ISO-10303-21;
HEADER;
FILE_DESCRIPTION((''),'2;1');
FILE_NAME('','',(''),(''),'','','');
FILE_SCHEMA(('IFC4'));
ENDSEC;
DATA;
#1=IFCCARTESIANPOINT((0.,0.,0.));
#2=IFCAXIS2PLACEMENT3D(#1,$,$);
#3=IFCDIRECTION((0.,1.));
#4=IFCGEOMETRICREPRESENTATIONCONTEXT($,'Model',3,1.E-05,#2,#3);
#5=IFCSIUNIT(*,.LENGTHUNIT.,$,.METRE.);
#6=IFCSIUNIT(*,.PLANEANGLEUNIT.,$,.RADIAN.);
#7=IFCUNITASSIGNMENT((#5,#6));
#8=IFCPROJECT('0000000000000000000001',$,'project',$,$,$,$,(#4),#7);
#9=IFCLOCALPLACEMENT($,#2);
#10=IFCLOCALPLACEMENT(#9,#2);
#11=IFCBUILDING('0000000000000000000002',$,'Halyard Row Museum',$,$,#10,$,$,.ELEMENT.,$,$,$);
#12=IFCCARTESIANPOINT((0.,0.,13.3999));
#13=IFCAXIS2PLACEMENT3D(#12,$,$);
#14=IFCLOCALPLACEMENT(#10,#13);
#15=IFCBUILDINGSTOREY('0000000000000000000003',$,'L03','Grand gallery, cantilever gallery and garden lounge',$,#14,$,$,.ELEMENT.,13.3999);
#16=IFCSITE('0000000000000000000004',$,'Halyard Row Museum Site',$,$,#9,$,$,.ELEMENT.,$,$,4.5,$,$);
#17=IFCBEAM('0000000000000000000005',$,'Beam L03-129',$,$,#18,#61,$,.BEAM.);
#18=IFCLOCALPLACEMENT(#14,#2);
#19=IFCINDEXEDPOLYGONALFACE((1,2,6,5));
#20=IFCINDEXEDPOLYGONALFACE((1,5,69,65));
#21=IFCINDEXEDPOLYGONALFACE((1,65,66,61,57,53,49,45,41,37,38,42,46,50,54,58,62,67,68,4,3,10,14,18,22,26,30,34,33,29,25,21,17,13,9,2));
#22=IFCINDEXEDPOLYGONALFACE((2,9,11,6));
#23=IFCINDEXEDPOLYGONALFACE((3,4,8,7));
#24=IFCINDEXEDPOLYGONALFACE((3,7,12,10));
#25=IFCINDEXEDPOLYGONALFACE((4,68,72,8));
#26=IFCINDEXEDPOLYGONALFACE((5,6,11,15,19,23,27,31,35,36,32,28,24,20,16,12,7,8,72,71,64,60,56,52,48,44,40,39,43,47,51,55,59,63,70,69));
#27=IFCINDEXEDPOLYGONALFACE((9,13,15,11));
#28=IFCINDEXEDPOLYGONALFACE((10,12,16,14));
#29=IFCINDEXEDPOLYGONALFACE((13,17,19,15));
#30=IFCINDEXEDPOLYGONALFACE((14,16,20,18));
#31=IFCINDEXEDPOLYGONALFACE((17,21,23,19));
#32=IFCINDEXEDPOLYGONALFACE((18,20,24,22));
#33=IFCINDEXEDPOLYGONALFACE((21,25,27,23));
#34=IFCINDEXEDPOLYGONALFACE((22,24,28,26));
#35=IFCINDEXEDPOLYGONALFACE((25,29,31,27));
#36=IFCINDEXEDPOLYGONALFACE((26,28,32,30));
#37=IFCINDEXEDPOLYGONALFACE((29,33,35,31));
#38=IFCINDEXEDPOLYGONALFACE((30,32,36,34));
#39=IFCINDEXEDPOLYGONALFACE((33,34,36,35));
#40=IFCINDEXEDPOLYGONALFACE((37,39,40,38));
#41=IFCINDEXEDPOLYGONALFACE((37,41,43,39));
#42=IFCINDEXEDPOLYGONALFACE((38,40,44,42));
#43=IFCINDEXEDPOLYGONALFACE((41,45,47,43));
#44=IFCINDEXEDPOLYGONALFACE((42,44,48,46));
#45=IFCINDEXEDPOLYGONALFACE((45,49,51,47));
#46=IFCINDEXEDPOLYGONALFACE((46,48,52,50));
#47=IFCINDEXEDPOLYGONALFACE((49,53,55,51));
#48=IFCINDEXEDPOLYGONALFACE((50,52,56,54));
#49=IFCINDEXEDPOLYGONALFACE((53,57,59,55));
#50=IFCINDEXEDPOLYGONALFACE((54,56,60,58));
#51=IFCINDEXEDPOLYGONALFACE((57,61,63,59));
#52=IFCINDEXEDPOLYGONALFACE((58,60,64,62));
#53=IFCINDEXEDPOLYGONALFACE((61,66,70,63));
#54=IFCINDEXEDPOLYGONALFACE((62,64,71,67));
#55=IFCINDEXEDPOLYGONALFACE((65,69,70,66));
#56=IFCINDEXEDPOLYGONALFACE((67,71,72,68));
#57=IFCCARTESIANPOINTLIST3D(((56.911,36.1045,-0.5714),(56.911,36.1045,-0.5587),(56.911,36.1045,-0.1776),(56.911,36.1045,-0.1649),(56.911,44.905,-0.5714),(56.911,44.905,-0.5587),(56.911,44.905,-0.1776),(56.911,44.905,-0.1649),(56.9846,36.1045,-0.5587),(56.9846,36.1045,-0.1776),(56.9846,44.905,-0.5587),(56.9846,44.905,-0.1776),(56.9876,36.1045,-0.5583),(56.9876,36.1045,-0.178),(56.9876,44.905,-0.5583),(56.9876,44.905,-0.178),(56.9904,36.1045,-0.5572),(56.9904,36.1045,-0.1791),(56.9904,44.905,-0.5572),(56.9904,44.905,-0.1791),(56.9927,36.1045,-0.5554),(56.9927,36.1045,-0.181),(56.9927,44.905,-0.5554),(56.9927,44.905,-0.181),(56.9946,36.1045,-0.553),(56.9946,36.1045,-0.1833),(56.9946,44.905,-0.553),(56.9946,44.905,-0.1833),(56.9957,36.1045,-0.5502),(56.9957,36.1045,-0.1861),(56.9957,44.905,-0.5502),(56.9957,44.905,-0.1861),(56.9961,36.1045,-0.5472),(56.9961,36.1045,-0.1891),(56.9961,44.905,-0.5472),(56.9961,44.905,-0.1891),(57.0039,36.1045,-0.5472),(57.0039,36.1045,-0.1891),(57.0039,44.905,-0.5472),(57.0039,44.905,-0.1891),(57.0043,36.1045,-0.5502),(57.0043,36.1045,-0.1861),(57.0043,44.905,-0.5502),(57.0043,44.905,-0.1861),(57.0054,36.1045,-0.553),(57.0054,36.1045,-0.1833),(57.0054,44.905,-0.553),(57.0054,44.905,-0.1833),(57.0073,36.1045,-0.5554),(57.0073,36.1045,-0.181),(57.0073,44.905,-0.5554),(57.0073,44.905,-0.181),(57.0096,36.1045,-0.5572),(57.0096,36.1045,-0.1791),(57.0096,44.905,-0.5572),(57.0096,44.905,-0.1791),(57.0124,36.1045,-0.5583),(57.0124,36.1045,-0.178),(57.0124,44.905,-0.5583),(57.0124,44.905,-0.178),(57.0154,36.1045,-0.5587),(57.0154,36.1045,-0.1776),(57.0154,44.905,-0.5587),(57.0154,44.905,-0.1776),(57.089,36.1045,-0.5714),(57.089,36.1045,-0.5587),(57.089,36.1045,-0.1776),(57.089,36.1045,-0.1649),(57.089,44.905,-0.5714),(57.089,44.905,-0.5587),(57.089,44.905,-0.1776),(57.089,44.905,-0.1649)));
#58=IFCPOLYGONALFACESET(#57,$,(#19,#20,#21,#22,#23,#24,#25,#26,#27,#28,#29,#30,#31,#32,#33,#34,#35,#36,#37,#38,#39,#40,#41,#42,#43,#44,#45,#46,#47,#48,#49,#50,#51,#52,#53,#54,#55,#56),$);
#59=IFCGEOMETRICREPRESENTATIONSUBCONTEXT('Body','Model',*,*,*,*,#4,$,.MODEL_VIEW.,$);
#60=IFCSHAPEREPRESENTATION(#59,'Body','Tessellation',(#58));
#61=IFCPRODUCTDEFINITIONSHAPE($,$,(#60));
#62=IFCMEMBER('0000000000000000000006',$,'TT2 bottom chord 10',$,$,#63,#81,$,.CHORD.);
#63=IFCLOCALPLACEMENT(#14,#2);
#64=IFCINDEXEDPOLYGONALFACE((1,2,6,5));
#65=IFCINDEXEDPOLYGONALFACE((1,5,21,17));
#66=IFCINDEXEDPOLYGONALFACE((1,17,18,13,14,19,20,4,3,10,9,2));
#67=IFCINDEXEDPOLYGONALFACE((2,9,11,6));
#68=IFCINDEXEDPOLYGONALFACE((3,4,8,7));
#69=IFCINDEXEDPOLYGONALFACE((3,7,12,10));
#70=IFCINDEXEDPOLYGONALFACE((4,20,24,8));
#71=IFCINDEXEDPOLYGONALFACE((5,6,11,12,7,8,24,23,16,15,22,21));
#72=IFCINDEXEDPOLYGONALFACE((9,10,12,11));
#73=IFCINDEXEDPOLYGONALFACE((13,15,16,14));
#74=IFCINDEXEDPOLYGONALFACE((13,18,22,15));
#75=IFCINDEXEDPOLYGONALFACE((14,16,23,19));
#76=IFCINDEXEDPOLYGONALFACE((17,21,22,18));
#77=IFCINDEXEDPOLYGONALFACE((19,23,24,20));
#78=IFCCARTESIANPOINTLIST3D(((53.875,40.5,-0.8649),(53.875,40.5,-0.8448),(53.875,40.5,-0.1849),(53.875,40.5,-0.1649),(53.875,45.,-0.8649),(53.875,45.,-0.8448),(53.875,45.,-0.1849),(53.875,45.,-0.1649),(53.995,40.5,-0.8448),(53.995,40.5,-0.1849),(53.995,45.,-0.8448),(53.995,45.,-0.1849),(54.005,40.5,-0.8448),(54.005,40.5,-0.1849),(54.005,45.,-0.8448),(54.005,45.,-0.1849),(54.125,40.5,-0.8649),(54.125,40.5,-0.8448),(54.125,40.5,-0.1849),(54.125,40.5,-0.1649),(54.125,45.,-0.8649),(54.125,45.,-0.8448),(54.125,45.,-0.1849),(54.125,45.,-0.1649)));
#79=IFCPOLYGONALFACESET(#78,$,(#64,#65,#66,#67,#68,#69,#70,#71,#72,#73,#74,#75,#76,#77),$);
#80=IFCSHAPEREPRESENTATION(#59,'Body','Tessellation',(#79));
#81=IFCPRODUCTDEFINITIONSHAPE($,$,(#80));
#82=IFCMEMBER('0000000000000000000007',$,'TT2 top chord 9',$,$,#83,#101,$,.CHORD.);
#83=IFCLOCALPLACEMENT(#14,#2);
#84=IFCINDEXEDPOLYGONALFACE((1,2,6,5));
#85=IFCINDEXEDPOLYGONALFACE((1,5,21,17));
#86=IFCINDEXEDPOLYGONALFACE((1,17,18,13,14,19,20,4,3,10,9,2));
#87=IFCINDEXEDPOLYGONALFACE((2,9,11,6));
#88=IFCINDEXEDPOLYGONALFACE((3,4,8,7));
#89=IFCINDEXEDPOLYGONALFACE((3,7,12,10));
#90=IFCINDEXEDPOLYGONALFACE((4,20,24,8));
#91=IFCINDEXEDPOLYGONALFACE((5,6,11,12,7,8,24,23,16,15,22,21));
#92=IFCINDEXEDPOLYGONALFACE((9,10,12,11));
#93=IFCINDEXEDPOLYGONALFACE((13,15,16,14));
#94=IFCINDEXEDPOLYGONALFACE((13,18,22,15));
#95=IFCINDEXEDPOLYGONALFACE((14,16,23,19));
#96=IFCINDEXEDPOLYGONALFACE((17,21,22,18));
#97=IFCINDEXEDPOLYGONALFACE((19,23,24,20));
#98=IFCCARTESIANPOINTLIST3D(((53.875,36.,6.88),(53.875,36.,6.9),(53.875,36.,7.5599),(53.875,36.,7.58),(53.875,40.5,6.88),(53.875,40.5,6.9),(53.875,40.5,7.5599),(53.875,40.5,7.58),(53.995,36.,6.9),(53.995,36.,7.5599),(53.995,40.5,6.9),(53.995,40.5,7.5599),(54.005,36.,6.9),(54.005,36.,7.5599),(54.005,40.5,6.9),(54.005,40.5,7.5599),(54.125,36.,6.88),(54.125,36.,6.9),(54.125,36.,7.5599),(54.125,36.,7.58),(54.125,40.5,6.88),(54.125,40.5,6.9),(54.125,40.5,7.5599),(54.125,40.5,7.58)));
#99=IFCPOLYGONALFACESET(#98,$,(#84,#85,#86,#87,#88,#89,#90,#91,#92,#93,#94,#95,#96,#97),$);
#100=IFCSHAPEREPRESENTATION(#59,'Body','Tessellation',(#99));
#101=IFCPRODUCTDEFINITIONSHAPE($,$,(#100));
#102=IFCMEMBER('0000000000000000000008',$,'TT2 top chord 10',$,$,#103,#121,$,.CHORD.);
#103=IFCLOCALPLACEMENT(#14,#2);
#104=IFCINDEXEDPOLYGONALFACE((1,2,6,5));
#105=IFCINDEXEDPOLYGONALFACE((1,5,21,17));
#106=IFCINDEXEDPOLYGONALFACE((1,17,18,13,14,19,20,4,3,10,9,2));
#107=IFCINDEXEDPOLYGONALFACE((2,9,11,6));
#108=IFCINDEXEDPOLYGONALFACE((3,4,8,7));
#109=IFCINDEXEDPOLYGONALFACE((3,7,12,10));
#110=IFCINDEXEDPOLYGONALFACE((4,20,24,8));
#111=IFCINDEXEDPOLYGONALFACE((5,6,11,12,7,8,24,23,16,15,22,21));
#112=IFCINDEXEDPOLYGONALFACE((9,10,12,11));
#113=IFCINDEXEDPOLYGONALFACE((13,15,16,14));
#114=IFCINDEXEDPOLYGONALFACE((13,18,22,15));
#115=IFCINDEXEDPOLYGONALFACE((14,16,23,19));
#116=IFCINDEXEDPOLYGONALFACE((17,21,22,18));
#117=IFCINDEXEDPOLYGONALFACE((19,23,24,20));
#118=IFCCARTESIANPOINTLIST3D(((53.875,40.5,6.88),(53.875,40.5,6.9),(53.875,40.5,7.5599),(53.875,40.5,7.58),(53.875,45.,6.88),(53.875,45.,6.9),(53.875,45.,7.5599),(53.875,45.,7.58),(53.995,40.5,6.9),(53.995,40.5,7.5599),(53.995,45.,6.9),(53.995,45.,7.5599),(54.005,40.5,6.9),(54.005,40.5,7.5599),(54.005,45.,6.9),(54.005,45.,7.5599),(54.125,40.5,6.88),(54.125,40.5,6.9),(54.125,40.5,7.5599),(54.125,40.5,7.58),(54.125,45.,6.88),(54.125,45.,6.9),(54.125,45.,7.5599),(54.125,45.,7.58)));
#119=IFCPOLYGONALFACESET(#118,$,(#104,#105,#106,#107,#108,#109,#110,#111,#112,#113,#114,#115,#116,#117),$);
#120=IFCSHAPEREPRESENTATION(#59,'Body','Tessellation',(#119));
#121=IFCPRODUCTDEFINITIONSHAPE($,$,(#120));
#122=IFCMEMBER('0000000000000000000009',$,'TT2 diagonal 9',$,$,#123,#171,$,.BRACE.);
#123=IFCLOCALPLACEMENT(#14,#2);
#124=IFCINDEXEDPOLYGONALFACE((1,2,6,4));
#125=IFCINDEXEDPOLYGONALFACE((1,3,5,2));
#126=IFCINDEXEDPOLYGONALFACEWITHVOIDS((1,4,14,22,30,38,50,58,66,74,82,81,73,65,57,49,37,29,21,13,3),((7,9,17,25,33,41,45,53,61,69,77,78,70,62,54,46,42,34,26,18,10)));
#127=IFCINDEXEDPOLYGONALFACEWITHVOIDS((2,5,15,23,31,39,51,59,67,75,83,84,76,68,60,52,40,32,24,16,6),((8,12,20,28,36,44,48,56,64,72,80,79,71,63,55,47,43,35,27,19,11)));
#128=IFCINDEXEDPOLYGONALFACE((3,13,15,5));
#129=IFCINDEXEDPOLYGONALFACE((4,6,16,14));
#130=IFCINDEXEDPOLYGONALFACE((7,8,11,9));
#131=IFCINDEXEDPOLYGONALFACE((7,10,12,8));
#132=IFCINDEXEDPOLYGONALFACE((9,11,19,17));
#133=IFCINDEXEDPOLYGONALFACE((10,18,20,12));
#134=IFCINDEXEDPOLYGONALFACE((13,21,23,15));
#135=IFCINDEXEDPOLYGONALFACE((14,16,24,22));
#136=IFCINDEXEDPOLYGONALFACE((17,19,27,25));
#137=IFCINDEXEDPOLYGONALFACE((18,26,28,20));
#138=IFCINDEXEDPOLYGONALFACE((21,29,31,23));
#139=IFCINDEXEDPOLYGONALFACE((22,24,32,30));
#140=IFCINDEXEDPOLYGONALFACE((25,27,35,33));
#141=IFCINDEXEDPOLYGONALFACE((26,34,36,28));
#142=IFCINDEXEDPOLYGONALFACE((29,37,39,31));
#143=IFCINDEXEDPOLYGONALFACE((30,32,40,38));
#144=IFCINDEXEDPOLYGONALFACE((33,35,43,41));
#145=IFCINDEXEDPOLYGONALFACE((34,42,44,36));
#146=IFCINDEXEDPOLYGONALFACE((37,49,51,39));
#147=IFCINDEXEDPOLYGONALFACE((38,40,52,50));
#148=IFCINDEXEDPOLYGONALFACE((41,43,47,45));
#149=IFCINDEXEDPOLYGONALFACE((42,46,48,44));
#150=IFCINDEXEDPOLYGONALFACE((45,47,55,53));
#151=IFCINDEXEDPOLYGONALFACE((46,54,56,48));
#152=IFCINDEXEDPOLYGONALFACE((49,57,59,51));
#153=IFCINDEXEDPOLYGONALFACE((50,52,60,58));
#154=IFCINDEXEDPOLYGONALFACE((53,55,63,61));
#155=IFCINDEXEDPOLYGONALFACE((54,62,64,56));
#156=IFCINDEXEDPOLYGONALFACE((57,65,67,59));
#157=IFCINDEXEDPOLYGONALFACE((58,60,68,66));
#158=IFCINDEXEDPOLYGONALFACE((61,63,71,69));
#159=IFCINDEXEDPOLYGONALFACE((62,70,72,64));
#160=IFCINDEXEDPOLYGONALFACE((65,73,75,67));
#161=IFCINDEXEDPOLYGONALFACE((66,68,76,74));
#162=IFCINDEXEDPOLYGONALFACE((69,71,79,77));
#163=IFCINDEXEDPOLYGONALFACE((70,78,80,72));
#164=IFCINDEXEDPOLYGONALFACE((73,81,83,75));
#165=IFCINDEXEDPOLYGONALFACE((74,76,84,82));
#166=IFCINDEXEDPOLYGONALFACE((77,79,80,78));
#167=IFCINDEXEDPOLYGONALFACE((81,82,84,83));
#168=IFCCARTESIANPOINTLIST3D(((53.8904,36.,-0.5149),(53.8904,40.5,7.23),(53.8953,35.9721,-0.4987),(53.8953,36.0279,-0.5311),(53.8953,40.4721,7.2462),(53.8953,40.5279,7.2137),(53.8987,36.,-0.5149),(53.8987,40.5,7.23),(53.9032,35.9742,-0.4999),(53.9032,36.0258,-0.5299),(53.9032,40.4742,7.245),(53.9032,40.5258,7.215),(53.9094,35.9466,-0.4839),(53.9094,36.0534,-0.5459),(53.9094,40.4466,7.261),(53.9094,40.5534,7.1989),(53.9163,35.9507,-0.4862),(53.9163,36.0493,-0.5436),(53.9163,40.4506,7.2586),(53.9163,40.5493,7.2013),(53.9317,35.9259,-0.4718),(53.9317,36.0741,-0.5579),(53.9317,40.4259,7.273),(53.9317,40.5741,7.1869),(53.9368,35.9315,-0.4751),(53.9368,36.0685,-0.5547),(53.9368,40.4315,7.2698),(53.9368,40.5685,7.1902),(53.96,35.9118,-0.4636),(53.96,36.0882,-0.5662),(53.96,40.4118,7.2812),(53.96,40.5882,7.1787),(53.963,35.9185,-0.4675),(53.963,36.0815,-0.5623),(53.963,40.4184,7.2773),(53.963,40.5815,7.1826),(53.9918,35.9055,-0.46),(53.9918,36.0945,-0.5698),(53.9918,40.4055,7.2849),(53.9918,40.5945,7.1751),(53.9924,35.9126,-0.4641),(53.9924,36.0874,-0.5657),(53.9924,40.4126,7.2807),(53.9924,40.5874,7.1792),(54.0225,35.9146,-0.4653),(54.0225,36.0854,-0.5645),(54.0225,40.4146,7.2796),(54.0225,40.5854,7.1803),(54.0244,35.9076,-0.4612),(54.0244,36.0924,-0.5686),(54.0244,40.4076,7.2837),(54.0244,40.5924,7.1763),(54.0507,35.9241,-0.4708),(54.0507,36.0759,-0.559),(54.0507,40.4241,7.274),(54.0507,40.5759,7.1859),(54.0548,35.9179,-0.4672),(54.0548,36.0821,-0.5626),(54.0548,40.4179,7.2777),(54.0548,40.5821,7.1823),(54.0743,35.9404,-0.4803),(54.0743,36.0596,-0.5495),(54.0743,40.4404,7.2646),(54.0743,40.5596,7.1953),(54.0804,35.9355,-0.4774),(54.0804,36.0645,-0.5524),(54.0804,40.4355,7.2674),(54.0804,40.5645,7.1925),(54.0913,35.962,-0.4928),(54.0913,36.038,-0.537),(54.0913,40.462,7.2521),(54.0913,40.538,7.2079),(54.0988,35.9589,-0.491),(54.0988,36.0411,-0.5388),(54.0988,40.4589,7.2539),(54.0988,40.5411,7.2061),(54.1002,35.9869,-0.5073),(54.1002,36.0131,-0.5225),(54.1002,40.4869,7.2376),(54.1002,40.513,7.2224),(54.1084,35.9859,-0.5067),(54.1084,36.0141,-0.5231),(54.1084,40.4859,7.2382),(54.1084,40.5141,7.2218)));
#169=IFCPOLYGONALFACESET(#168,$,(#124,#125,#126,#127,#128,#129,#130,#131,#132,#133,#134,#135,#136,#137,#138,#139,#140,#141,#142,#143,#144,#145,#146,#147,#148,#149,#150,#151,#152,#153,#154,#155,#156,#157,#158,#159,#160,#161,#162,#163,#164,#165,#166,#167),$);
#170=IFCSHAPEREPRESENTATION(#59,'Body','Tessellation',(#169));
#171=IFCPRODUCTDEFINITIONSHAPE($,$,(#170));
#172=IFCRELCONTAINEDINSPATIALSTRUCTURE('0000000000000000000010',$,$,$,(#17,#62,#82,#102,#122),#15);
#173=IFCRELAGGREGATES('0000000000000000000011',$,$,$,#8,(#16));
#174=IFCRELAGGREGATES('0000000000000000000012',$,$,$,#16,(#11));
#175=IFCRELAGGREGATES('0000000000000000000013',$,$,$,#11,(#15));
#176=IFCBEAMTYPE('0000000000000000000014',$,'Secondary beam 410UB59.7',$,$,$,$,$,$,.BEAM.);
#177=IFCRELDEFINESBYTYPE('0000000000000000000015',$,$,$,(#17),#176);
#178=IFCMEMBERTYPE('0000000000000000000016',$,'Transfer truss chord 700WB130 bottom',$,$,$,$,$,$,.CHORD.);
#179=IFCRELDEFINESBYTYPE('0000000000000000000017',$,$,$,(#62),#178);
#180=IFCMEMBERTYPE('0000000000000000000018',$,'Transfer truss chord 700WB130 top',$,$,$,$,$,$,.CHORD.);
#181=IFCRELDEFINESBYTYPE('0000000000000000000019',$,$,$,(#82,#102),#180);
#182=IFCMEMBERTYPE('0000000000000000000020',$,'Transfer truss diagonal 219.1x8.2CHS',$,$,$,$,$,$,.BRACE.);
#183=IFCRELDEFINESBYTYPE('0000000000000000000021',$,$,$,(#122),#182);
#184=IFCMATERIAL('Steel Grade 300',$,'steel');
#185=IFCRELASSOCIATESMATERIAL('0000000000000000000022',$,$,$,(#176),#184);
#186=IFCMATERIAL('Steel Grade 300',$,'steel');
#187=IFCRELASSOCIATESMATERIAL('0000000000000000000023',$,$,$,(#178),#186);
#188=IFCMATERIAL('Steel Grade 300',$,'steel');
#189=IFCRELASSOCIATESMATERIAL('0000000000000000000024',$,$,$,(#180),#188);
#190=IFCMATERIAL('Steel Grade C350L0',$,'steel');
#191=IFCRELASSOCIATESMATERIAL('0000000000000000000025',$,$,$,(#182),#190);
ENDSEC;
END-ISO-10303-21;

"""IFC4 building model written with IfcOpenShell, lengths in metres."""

from ifc_helpers import new_model, si_unit, direction, frame, origin, origin_2d, place, context, subcontext, project, spatial, hollow_circle, i_section, extrude, material, material_profile, profile_set, type_object, element, save


model = new_model("IFC4")

# Units and contexts
model_context = context("Model", 3, precision=1e-05, world=origin(), true_north=direction((0.0, 1.0)))
body_context = subcontext(model_context, "Body", "Model", "MODEL_VIEW")
ifc_project = project(units=[si_unit("LENGTHUNIT", "METRE"), si_unit("PLANEANGLEUNIT", "RADIAN")], contexts=[model_context])

# Site, building, storey
site_placement = place(None, origin())
site = spatial("IfcSite", under=ifc_project, at=site_placement, Name="Halyard Row Museum Site", CompositionType="ELEMENT", RefElevation=4.5)
building_placement = place(site_placement, origin())
building = spatial("IfcBuilding", under=site, at=building_placement, Name="Halyard Row Museum", CompositionType="ELEMENT")
storey_placement = place(building_placement, frame((0.0, 0.0, 13.3999)))
storey = spatial("IfcBuildingStorey", under=building, at=storey_placement, Name="L03", Description="Grand gallery, cantilever gallery and garden lounge", CompositionType="ELEMENT", Elevation=13.3999)

# Beam
ifc_material_1 = material(Name="Steel Grade 300", Category="steel")
ifc_material_profile_1 = material_profile(ifc_material_1, i_section(OverallWidth=0.178, OverallDepth=0.4065, WebThickness=0.0078, FlangeThickness=0.0127, FilletRadius=0.0115, at=origin_2d()), Name="410UB59.7")
ifc_profile_set_1 = profile_set([ifc_material_profile_1], Name="Steel Grade 300")
beam_type_1 = type_object("IfcBeamType", Name="Secondary beam 410UB59.7", PredefinedType="BEAM", material=ifc_profile_set_1)
beam_1_placement = place(storey_placement, frame((57.0, 36.1045, -0.3682), z_axis=(0.0, 1.0, 0.0), x_axis=(-1.0, 0.0, 0.0)))
element("IfcBeam", 1, at=beam_1_placement, inside=storey, type_object=beam_type_1, Name="Beam L03-129", PredefinedType="BEAM", context=body_context, shape_type="SweptSolid", body=[
    extrude(i_section(OverallWidth=0.178, OverallDepth=0.4065, WebThickness=0.0078, FlangeThickness=0.0127, FilletRadius=0.0115, at=origin_2d()), origin(), (0.0, 0.0, 1.0), 8.8005),
])

# Members
ifc_material_2 = material(Name="Steel Grade 300", Category="steel")
ifc_material_profile_2 = material_profile(ifc_material_2, i_section(OverallWidth=0.25, OverallDepth=0.7, WebThickness=0.01, FlangeThickness=0.02, at=origin_2d()), Name="700WB130")
ifc_profile_set_2 = profile_set([ifc_material_profile_2], Name="Steel Grade 300")
member_type_1 = type_object("IfcMemberType", Name="Transfer truss chord 700WB130 bottom", PredefinedType="CHORD", material=ifc_profile_set_2)
member_1_placement = place(storey_placement, frame((54.0, 40.5, -0.5149), z_axis=(0.0, 1.0, 0.0), x_axis=(-1.0, 0.0, 0.0)))
element("IfcMember", 2, at=member_1_placement, inside=storey, type_object=member_type_1, Name="TT2 bottom chord 10", PredefinedType="CHORD", context=body_context, shape_type="SweptSolid", body=[
    extrude(i_section(OverallWidth=0.25, OverallDepth=0.7, WebThickness=0.01, FlangeThickness=0.02, at=origin_2d()), origin(), (0.0, 0.0, 1.0), 4.5),
])
ifc_material_3 = material(Name="Steel Grade 300", Category="steel")
ifc_material_profile_3 = material_profile(ifc_material_3, i_section(OverallWidth=0.25, OverallDepth=0.7, WebThickness=0.01, FlangeThickness=0.02, at=origin_2d()), Name="700WB130")
ifc_profile_set_3 = profile_set([ifc_material_profile_3], Name="Steel Grade 300")
member_type_2 = type_object("IfcMemberType", Name="Transfer truss chord 700WB130 top", PredefinedType="CHORD", material=ifc_profile_set_3)
for number, where, z_axis, x_axis, name in (
    (3, (54.0, 36.0, 7.23), (0.0, 1.0, 0.0), (-1.0, 0.0, 0.0), "TT2 top chord 9"),
    (4, (54.0, 40.5, 7.23), (0.0, 1.0, 0.0), (-1.0, 0.0, 0.0), "TT2 top chord 10"),
):
    element("IfcMember", number, at=place(storey_placement, frame(where, z_axis=z_axis, x_axis=x_axis)), inside=storey, type_object=member_type_2, Name=name, PredefinedType="CHORD", context=body_context, shape_type="SweptSolid", body=[
        extrude(i_section(OverallWidth=0.25, OverallDepth=0.7, WebThickness=0.01, FlangeThickness=0.02, at=origin_2d()), origin(), (0.0, 0.0, 1.0), 4.5),
    ])
ifc_material_4 = material(Name="Steel Grade C350L0", Category="steel")
ifc_material_profile_4 = material_profile(ifc_material_4, hollow_circle(Radius=0.1096, WallThickness=0.0083, at=origin_2d()), Name="219.1x8.2CHS")
ifc_profile_set_4 = profile_set([ifc_material_profile_4], Name="Steel Grade C350L0")
member_type_3 = type_object("IfcMemberType", Name="Transfer truss diagonal 219.1x8.2CHS", PredefinedType="BRACE", material=ifc_profile_set_4)
for number, where, z_axis, x_axis, name in (
    (5, (54.0, 36.0, -0.5149), (0.0, 0.502384, 0.864645), (-1.0, 0.0, 0.0), "TT2 diagonal 9"),
):
    element("IfcMember", number, at=place(storey_placement, frame(where, z_axis=z_axis, x_axis=x_axis)), inside=storey, type_object=member_type_3, Name=name, PredefinedType="BRACE", context=body_context, shape_type="SweptSolid", body=[
        extrude(hollow_circle(Radius=0.1096, WallThickness=0.0083, at=origin_2d()), origin(), (0.0, 0.0, 1.0), 8.9573),
    ])

save(model, "model.ifc")
